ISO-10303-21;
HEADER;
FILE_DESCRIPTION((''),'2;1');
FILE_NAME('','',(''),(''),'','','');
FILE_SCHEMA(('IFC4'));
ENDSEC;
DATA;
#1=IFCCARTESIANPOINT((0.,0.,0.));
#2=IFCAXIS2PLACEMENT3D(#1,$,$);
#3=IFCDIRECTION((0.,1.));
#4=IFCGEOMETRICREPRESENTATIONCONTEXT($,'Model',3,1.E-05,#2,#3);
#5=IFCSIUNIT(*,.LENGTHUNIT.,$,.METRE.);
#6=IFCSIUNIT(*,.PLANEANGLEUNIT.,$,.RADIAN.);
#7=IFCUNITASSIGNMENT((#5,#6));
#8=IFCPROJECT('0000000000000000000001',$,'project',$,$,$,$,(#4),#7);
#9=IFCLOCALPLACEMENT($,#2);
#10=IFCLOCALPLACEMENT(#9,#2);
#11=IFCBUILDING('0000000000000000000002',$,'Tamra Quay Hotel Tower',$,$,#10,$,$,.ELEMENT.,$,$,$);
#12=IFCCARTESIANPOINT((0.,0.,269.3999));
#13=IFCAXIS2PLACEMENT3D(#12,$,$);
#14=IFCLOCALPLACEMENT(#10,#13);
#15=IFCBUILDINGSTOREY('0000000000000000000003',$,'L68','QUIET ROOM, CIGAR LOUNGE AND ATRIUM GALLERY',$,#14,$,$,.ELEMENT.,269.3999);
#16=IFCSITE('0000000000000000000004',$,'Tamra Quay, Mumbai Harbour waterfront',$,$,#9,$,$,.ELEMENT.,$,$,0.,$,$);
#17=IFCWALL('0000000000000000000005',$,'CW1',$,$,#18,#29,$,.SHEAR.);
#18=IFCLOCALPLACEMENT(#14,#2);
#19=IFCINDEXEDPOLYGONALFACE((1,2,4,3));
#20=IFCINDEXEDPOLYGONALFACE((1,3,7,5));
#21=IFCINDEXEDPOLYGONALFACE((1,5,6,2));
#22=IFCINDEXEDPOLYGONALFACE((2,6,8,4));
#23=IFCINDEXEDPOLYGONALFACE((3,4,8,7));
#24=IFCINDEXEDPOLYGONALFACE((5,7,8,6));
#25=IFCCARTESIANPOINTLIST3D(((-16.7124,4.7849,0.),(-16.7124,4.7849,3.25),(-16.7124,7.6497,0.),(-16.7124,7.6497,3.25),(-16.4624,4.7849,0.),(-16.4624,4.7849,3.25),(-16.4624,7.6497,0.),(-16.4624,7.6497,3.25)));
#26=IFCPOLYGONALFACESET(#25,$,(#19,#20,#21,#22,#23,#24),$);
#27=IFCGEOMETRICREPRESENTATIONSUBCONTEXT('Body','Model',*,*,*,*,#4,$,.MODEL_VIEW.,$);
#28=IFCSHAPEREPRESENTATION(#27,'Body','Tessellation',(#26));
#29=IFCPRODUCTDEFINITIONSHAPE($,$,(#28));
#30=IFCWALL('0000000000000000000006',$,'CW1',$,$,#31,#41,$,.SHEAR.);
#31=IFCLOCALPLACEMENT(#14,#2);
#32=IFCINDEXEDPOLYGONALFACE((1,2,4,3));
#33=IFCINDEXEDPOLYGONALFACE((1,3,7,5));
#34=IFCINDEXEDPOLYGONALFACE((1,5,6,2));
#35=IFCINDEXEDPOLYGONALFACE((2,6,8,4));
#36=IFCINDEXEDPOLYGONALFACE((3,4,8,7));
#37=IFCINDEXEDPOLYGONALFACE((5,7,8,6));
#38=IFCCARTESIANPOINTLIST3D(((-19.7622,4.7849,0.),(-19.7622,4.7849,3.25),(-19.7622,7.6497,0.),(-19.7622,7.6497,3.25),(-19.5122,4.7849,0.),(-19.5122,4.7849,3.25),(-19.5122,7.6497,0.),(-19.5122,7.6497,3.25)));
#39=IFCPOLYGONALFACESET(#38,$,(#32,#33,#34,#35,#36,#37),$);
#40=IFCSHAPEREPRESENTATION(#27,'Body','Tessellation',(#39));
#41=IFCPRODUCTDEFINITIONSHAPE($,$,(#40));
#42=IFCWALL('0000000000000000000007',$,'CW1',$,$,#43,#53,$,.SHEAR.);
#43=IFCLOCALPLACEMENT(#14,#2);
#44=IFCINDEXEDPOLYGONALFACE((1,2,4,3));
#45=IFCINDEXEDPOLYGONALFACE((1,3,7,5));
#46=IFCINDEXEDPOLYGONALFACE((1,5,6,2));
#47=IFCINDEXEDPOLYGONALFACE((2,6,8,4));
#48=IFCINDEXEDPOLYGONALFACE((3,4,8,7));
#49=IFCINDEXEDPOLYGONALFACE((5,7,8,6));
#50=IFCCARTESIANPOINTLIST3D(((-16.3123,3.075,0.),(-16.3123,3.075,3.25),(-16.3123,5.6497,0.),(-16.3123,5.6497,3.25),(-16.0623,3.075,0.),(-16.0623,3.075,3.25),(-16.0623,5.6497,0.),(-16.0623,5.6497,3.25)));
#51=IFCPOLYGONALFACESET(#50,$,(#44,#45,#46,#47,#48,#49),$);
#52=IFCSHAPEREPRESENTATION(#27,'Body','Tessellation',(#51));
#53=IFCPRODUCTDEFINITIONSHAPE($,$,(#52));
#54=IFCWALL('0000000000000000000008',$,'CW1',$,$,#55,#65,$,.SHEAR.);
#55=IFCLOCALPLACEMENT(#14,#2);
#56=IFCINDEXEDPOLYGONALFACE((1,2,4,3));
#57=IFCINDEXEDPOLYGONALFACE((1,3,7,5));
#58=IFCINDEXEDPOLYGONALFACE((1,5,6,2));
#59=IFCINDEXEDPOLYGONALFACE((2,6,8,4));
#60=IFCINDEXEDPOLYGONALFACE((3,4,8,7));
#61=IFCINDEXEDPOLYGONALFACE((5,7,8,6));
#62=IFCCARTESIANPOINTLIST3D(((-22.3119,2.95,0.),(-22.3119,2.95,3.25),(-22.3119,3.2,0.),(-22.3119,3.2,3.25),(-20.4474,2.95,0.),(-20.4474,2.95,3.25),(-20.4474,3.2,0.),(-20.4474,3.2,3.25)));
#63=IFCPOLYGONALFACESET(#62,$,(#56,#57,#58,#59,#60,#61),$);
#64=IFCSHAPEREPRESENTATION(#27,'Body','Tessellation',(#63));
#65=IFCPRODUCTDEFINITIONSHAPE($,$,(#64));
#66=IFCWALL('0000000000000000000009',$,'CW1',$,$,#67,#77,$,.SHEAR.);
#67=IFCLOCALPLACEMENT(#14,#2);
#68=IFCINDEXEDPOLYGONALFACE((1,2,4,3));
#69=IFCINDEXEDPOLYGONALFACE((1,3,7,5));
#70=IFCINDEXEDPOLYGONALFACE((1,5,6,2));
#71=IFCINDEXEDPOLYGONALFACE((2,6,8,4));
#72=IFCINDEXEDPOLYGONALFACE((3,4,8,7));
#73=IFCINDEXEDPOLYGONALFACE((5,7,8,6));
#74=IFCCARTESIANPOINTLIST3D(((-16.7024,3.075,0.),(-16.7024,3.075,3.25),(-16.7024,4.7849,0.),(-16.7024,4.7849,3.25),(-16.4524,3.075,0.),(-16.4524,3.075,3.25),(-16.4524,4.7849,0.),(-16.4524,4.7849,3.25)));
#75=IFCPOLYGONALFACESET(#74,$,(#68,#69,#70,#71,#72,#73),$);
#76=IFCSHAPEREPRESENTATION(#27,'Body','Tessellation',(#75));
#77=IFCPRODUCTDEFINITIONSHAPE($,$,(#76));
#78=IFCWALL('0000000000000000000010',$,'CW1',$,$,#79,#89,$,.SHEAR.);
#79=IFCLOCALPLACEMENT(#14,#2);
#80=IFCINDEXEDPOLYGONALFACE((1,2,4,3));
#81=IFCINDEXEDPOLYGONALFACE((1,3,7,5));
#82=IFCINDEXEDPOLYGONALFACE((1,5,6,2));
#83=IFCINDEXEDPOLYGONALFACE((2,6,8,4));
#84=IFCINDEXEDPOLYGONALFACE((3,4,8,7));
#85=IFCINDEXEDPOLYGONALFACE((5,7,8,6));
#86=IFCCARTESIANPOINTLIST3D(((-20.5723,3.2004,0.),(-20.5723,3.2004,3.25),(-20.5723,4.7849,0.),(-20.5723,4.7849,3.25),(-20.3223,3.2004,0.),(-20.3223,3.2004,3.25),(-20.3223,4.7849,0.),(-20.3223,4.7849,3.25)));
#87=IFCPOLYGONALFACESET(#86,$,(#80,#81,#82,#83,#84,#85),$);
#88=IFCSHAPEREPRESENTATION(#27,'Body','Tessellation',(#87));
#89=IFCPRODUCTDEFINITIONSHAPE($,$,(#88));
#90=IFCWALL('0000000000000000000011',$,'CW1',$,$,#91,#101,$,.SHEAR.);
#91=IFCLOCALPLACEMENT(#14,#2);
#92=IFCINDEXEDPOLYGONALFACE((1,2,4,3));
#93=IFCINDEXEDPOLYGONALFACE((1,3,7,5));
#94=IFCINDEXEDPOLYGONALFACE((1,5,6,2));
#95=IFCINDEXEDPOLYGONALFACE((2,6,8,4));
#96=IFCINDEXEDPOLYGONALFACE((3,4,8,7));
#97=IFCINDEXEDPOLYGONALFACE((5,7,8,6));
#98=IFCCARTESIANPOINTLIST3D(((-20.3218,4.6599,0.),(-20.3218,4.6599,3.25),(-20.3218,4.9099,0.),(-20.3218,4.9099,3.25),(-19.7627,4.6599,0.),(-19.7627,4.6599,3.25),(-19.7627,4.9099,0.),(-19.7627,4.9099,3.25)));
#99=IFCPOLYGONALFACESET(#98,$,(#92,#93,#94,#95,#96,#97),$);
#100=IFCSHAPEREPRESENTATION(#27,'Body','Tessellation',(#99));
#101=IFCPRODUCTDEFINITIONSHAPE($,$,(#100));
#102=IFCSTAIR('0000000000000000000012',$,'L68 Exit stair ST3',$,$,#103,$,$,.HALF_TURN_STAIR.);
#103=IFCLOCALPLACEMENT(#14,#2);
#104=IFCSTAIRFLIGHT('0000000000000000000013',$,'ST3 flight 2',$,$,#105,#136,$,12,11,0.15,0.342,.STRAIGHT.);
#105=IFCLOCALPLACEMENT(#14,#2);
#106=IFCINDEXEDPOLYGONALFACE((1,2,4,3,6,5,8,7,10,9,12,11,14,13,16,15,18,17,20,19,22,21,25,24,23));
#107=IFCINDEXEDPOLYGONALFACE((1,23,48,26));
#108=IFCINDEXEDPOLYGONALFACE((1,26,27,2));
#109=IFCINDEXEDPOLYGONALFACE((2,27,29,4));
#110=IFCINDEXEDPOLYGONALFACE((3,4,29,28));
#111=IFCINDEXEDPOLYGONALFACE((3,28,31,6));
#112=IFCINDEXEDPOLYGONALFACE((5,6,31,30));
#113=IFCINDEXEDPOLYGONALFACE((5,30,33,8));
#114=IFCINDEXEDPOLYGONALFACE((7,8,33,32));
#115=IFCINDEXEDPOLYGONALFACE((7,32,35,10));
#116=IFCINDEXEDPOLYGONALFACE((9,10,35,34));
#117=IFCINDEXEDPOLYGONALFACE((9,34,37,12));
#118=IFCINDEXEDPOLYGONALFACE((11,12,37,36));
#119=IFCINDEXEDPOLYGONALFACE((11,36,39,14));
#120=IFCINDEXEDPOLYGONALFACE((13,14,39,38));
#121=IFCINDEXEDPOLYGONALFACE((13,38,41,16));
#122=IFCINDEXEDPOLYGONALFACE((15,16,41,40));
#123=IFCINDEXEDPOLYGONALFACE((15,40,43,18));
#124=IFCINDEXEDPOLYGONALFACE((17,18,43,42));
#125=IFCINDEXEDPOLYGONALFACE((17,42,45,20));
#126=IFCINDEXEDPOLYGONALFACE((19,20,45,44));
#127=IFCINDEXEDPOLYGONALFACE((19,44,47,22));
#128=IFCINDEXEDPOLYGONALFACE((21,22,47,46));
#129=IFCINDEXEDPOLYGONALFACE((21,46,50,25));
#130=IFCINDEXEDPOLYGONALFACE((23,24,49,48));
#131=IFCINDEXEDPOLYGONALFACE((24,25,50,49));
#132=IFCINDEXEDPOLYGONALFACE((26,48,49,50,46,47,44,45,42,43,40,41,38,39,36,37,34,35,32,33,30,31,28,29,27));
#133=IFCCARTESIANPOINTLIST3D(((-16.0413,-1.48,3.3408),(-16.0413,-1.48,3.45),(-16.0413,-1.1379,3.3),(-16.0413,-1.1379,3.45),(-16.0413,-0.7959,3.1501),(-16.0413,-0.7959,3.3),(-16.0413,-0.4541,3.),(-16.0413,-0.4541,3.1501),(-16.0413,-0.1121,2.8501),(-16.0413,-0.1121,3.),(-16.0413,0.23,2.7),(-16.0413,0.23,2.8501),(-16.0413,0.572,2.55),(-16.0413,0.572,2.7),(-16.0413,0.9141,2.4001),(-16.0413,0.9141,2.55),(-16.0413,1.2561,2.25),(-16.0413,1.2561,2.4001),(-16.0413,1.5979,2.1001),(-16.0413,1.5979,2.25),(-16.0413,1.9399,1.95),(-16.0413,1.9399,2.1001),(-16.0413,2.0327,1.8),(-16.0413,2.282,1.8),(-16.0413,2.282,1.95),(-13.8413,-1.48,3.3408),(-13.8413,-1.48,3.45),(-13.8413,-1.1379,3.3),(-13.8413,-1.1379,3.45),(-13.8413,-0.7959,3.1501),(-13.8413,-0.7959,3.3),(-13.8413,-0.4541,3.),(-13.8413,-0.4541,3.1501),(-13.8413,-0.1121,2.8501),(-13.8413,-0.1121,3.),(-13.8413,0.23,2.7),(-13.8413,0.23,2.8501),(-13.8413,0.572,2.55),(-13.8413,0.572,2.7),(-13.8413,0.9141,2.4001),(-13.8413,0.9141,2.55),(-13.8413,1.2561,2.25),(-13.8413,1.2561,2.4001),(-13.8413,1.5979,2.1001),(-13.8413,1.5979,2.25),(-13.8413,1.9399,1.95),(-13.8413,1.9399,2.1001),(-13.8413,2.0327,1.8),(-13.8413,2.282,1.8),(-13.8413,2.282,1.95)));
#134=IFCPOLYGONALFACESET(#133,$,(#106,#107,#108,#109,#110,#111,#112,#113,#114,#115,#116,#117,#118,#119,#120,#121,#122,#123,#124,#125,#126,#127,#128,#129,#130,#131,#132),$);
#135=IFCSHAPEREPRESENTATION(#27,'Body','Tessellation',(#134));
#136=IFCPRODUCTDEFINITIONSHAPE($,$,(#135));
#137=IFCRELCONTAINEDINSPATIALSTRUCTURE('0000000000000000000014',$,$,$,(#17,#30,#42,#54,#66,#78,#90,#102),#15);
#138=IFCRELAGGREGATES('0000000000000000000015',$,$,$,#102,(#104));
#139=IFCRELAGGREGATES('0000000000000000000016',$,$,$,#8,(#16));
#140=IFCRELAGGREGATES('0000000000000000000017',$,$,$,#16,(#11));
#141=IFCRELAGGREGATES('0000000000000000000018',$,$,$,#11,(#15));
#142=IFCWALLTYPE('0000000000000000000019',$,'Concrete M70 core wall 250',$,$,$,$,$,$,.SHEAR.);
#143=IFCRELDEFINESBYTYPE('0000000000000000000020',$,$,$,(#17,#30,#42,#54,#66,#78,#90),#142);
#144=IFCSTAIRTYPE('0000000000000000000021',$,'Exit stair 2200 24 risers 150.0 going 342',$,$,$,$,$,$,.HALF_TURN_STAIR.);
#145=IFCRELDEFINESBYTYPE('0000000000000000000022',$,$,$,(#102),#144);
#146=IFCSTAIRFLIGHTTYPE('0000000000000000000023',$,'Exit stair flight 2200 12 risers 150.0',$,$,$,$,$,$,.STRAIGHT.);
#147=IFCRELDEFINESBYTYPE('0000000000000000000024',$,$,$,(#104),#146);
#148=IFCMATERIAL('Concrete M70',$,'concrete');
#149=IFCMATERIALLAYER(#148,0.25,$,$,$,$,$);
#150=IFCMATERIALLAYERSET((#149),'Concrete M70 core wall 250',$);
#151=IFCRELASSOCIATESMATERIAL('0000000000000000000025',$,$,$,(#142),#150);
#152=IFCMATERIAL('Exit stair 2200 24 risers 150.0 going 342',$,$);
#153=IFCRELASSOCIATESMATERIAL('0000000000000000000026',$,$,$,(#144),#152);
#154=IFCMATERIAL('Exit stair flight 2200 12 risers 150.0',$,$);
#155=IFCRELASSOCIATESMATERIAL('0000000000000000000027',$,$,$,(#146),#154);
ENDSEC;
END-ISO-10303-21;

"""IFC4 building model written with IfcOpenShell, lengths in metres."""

from ifc_helpers import new_model, si_unit, direction, frame, frame_2d, origin, place, context, subcontext, project, spatial, polyline, rectangle, outline, extrude, material, layer, layer_set, type_object, element, aggregate, save


model = new_model("IFC4")

# Units and contexts
model_context = context("Model", 3, precision=1e-05, world=origin(), true_north=direction((0.0, 1.0)))
body_context = subcontext(model_context, "Body", "Model", "MODEL_VIEW")
ifc_project = project(units=[si_unit("LENGTHUNIT", "METRE"), si_unit("PLANEANGLEUNIT", "RADIAN")], contexts=[model_context])

# Site, building, storey
site_placement = place(None, origin())
site = spatial("IfcSite", under=ifc_project, at=site_placement, Name="Tamra Quay, Mumbai Harbour waterfront", CompositionType="ELEMENT", RefElevation=0.0)
building_placement = place(site_placement, origin())
building = spatial("IfcBuilding", under=site, at=building_placement, Name="Tamra Quay Hotel Tower", CompositionType="ELEMENT")
storey_placement = place(building_placement, frame((0.0, 0.0, 269.3999)))
storey = spatial("IfcBuildingStorey", under=building, at=storey_placement, Name="L68", Description="QUIET ROOM, CIGAR LOUNGE AND ATRIUM GALLERY", CompositionType="ELEMENT", Elevation=269.3999)

# Shared definitions
ifc_material_1 = material(Name="Concrete M70", Category="concrete")

# Walls
ifc_layer_1 = layer(ifc_material_1, 0.25)
ifc_layer_set_1 = layer_set([ifc_layer_1], Name="Concrete M70 core wall 250")
wall_type_1 = type_object("IfcWallType", Name="Concrete M70 core wall 250", PredefinedType="SHEAR", material=ifc_layer_set_1)
for number, where, z_axis, x_axis, name in (
    (1, (-16.5874, 7.6497, 0.0), (0.0, 0.0, 1.0), (0.0, -1.0, 0.0), "CW1"),
    (2, (-19.6372, 4.7849, 0.0), (0.0, 0.0, 1.0), (0.0, 1.0, 0.0), "CW1"),
):
    element("IfcWall", number, at=place(storey_placement, frame(where, z_axis=z_axis, x_axis=x_axis)), inside=storey, type_object=wall_type_1, Name=name, PredefinedType="SHEAR", context=body_context, shape_type="SweptSolid", body=[
        extrude(rectangle(XDim=2.8647, YDim=0.25, at=frame_2d((1.4324, 0.0))), origin(), (0.0, 0.0, 1.0), 3.25),
    ])
wall_1_placement = place(storey_placement, frame((-16.1873, 3.075, 0.0), z_axis=(0.0, 0.0, 1.0), x_axis=(0.0, 1.0, 0.0)))
element("IfcWall", 3, at=wall_1_placement, inside=storey, type_object=wall_type_1, Name="CW1", PredefinedType="SHEAR", context=body_context, shape_type="SweptSolid", body=[
    extrude(rectangle(XDim=2.5747, YDim=0.25, at=frame_2d((1.2874, 0.0))), origin(), (0.0, 0.0, 1.0), 3.25),
])
wall_2_placement = place(storey_placement, frame((-22.3118, 3.075, 0.0), z_axis=(0.0, 0.0, 1.0), x_axis=(1.0, 0.0, 0.0)))
element("IfcWall", 4, at=wall_2_placement, inside=storey, type_object=wall_type_1, Name="CW1", PredefinedType="SHEAR", context=body_context, shape_type="SweptSolid", body=[
    extrude(rectangle(XDim=1.8645, YDim=0.25, at=frame_2d((0.9321, 0.0))), origin(), (0.0, 0.0, 1.0), 3.25),
])
wall_3_placement = place(storey_placement, frame((-16.5774, 4.7849, 0.0), z_axis=(0.0, 0.0, 1.0), x_axis=(0.0, -1.0, 0.0)))
element("IfcWall", 5, at=wall_3_placement, inside=storey, type_object=wall_type_1, Name="CW1", PredefinedType="SHEAR", context=body_context, shape_type="SweptSolid", body=[
    extrude(rectangle(XDim=1.71, YDim=0.25, at=frame_2d((0.855, 0.0))), origin(), (0.0, 0.0, 1.0), 3.25),
])
wall_4_placement = place(storey_placement, frame((-20.4473, 3.2004, 0.0), z_axis=(0.0, 0.0, 1.0), x_axis=(0.0, 1.0, 0.0)))
element("IfcWall", 6, at=wall_4_placement, inside=storey, type_object=wall_type_1, Name="CW1", PredefinedType="SHEAR", context=body_context, shape_type="SweptSolid", body=[
    extrude(rectangle(XDim=1.5845, YDim=0.25, at=frame_2d((0.7922, 0.0))), origin(), (0.0, 0.0, 1.0), 3.25),
])
wall_5_placement = place(storey_placement, frame((-20.3218, 4.7849, 0.0), z_axis=(0.0, 0.0, 1.0), x_axis=(1.0, 0.0, 0.0)))
element("IfcWall", 7, at=wall_5_placement, inside=storey, type_object=wall_type_1, Name="CW1", PredefinedType="SHEAR", context=body_context, shape_type="SweptSolid", body=[
    extrude(rectangle(XDim=0.5591, YDim=0.25, at=frame_2d((0.2795, 0.0))), origin(), (0.0, 0.0, 1.0), 3.25),
])

# Stair, stair flight
ifc_material_2 = material(Name="Exit stair 2200 24 risers 150.0 going 342")
stair_type = type_object("IfcStairType", Name="Exit stair 2200 24 risers 150.0 going 342", PredefinedType="HALF_TURN_STAIR", material=ifc_material_2)
stair_placement = place(storey_placement, origin())
stair = element("IfcStair", 8, at=stair_placement, inside=storey, type_object=stair_type, Name="L68 Exit stair ST3", PredefinedType="HALF_TURN_STAIR")
ifc_material_3 = material(Name="Exit stair flight 2200 12 risers 150.0")
stair_flight_type = type_object("IfcStairFlightType", Name="Exit stair flight 2200 12 risers 150.0", PredefinedType="STRAIGHT", material=ifc_material_3)
stair_flight_placement = place(storey_placement, frame((-14.9414, 2.282, 1.8), z_axis=(0.0, 0.0, 1.0), x_axis=(0.0, -1.0, 0.0)))
stair_flight = element("IfcStairFlight", 9, at=stair_flight_placement, type_object=stair_flight_type, Name="ST3 flight 2", NumberOfRisers=12, NumberOfTreads=11, PredefinedType="STRAIGHT", RiserHeight=0.15, TreadLength=0.342, context=body_context, shape_type="SweptSolid", body=[
    extrude(outline(polyline([(0.0, 0.0), (0.0, 0.1499), (0.342, 0.1499), (0.342, 0.3), (0.6841, 0.3), (0.6841, 0.45), (1.0259, 0.45), (1.0259, 0.6001), (1.3679, 0.6001), (1.3679, 0.75), (1.71, 0.75), (1.71, 0.8999), (2.052, 0.8999), (2.052, 1.05), (2.394, 1.05), (2.394, 1.2), (2.7361, 1.2), (2.7361, 1.3501), (3.0779, 1.3501), (3.0779, 1.5), (3.4199, 1.5), (3.4199, 1.6499), (3.762, 1.6499), (3.762, 1.8), (3.762, 1.5408), (0.2493, 0.0), (0.0, 0.0)])), frame((0.0, 1.1001, 0.0), z_axis=(0.0, -1.0, 0.0), x_axis=(1.0, 0.0, 0.0)), (0.0, 0.0, 1.0), 2.2),
])
aggregate(stair, [stair_flight])

save(model, "model.ifc")
